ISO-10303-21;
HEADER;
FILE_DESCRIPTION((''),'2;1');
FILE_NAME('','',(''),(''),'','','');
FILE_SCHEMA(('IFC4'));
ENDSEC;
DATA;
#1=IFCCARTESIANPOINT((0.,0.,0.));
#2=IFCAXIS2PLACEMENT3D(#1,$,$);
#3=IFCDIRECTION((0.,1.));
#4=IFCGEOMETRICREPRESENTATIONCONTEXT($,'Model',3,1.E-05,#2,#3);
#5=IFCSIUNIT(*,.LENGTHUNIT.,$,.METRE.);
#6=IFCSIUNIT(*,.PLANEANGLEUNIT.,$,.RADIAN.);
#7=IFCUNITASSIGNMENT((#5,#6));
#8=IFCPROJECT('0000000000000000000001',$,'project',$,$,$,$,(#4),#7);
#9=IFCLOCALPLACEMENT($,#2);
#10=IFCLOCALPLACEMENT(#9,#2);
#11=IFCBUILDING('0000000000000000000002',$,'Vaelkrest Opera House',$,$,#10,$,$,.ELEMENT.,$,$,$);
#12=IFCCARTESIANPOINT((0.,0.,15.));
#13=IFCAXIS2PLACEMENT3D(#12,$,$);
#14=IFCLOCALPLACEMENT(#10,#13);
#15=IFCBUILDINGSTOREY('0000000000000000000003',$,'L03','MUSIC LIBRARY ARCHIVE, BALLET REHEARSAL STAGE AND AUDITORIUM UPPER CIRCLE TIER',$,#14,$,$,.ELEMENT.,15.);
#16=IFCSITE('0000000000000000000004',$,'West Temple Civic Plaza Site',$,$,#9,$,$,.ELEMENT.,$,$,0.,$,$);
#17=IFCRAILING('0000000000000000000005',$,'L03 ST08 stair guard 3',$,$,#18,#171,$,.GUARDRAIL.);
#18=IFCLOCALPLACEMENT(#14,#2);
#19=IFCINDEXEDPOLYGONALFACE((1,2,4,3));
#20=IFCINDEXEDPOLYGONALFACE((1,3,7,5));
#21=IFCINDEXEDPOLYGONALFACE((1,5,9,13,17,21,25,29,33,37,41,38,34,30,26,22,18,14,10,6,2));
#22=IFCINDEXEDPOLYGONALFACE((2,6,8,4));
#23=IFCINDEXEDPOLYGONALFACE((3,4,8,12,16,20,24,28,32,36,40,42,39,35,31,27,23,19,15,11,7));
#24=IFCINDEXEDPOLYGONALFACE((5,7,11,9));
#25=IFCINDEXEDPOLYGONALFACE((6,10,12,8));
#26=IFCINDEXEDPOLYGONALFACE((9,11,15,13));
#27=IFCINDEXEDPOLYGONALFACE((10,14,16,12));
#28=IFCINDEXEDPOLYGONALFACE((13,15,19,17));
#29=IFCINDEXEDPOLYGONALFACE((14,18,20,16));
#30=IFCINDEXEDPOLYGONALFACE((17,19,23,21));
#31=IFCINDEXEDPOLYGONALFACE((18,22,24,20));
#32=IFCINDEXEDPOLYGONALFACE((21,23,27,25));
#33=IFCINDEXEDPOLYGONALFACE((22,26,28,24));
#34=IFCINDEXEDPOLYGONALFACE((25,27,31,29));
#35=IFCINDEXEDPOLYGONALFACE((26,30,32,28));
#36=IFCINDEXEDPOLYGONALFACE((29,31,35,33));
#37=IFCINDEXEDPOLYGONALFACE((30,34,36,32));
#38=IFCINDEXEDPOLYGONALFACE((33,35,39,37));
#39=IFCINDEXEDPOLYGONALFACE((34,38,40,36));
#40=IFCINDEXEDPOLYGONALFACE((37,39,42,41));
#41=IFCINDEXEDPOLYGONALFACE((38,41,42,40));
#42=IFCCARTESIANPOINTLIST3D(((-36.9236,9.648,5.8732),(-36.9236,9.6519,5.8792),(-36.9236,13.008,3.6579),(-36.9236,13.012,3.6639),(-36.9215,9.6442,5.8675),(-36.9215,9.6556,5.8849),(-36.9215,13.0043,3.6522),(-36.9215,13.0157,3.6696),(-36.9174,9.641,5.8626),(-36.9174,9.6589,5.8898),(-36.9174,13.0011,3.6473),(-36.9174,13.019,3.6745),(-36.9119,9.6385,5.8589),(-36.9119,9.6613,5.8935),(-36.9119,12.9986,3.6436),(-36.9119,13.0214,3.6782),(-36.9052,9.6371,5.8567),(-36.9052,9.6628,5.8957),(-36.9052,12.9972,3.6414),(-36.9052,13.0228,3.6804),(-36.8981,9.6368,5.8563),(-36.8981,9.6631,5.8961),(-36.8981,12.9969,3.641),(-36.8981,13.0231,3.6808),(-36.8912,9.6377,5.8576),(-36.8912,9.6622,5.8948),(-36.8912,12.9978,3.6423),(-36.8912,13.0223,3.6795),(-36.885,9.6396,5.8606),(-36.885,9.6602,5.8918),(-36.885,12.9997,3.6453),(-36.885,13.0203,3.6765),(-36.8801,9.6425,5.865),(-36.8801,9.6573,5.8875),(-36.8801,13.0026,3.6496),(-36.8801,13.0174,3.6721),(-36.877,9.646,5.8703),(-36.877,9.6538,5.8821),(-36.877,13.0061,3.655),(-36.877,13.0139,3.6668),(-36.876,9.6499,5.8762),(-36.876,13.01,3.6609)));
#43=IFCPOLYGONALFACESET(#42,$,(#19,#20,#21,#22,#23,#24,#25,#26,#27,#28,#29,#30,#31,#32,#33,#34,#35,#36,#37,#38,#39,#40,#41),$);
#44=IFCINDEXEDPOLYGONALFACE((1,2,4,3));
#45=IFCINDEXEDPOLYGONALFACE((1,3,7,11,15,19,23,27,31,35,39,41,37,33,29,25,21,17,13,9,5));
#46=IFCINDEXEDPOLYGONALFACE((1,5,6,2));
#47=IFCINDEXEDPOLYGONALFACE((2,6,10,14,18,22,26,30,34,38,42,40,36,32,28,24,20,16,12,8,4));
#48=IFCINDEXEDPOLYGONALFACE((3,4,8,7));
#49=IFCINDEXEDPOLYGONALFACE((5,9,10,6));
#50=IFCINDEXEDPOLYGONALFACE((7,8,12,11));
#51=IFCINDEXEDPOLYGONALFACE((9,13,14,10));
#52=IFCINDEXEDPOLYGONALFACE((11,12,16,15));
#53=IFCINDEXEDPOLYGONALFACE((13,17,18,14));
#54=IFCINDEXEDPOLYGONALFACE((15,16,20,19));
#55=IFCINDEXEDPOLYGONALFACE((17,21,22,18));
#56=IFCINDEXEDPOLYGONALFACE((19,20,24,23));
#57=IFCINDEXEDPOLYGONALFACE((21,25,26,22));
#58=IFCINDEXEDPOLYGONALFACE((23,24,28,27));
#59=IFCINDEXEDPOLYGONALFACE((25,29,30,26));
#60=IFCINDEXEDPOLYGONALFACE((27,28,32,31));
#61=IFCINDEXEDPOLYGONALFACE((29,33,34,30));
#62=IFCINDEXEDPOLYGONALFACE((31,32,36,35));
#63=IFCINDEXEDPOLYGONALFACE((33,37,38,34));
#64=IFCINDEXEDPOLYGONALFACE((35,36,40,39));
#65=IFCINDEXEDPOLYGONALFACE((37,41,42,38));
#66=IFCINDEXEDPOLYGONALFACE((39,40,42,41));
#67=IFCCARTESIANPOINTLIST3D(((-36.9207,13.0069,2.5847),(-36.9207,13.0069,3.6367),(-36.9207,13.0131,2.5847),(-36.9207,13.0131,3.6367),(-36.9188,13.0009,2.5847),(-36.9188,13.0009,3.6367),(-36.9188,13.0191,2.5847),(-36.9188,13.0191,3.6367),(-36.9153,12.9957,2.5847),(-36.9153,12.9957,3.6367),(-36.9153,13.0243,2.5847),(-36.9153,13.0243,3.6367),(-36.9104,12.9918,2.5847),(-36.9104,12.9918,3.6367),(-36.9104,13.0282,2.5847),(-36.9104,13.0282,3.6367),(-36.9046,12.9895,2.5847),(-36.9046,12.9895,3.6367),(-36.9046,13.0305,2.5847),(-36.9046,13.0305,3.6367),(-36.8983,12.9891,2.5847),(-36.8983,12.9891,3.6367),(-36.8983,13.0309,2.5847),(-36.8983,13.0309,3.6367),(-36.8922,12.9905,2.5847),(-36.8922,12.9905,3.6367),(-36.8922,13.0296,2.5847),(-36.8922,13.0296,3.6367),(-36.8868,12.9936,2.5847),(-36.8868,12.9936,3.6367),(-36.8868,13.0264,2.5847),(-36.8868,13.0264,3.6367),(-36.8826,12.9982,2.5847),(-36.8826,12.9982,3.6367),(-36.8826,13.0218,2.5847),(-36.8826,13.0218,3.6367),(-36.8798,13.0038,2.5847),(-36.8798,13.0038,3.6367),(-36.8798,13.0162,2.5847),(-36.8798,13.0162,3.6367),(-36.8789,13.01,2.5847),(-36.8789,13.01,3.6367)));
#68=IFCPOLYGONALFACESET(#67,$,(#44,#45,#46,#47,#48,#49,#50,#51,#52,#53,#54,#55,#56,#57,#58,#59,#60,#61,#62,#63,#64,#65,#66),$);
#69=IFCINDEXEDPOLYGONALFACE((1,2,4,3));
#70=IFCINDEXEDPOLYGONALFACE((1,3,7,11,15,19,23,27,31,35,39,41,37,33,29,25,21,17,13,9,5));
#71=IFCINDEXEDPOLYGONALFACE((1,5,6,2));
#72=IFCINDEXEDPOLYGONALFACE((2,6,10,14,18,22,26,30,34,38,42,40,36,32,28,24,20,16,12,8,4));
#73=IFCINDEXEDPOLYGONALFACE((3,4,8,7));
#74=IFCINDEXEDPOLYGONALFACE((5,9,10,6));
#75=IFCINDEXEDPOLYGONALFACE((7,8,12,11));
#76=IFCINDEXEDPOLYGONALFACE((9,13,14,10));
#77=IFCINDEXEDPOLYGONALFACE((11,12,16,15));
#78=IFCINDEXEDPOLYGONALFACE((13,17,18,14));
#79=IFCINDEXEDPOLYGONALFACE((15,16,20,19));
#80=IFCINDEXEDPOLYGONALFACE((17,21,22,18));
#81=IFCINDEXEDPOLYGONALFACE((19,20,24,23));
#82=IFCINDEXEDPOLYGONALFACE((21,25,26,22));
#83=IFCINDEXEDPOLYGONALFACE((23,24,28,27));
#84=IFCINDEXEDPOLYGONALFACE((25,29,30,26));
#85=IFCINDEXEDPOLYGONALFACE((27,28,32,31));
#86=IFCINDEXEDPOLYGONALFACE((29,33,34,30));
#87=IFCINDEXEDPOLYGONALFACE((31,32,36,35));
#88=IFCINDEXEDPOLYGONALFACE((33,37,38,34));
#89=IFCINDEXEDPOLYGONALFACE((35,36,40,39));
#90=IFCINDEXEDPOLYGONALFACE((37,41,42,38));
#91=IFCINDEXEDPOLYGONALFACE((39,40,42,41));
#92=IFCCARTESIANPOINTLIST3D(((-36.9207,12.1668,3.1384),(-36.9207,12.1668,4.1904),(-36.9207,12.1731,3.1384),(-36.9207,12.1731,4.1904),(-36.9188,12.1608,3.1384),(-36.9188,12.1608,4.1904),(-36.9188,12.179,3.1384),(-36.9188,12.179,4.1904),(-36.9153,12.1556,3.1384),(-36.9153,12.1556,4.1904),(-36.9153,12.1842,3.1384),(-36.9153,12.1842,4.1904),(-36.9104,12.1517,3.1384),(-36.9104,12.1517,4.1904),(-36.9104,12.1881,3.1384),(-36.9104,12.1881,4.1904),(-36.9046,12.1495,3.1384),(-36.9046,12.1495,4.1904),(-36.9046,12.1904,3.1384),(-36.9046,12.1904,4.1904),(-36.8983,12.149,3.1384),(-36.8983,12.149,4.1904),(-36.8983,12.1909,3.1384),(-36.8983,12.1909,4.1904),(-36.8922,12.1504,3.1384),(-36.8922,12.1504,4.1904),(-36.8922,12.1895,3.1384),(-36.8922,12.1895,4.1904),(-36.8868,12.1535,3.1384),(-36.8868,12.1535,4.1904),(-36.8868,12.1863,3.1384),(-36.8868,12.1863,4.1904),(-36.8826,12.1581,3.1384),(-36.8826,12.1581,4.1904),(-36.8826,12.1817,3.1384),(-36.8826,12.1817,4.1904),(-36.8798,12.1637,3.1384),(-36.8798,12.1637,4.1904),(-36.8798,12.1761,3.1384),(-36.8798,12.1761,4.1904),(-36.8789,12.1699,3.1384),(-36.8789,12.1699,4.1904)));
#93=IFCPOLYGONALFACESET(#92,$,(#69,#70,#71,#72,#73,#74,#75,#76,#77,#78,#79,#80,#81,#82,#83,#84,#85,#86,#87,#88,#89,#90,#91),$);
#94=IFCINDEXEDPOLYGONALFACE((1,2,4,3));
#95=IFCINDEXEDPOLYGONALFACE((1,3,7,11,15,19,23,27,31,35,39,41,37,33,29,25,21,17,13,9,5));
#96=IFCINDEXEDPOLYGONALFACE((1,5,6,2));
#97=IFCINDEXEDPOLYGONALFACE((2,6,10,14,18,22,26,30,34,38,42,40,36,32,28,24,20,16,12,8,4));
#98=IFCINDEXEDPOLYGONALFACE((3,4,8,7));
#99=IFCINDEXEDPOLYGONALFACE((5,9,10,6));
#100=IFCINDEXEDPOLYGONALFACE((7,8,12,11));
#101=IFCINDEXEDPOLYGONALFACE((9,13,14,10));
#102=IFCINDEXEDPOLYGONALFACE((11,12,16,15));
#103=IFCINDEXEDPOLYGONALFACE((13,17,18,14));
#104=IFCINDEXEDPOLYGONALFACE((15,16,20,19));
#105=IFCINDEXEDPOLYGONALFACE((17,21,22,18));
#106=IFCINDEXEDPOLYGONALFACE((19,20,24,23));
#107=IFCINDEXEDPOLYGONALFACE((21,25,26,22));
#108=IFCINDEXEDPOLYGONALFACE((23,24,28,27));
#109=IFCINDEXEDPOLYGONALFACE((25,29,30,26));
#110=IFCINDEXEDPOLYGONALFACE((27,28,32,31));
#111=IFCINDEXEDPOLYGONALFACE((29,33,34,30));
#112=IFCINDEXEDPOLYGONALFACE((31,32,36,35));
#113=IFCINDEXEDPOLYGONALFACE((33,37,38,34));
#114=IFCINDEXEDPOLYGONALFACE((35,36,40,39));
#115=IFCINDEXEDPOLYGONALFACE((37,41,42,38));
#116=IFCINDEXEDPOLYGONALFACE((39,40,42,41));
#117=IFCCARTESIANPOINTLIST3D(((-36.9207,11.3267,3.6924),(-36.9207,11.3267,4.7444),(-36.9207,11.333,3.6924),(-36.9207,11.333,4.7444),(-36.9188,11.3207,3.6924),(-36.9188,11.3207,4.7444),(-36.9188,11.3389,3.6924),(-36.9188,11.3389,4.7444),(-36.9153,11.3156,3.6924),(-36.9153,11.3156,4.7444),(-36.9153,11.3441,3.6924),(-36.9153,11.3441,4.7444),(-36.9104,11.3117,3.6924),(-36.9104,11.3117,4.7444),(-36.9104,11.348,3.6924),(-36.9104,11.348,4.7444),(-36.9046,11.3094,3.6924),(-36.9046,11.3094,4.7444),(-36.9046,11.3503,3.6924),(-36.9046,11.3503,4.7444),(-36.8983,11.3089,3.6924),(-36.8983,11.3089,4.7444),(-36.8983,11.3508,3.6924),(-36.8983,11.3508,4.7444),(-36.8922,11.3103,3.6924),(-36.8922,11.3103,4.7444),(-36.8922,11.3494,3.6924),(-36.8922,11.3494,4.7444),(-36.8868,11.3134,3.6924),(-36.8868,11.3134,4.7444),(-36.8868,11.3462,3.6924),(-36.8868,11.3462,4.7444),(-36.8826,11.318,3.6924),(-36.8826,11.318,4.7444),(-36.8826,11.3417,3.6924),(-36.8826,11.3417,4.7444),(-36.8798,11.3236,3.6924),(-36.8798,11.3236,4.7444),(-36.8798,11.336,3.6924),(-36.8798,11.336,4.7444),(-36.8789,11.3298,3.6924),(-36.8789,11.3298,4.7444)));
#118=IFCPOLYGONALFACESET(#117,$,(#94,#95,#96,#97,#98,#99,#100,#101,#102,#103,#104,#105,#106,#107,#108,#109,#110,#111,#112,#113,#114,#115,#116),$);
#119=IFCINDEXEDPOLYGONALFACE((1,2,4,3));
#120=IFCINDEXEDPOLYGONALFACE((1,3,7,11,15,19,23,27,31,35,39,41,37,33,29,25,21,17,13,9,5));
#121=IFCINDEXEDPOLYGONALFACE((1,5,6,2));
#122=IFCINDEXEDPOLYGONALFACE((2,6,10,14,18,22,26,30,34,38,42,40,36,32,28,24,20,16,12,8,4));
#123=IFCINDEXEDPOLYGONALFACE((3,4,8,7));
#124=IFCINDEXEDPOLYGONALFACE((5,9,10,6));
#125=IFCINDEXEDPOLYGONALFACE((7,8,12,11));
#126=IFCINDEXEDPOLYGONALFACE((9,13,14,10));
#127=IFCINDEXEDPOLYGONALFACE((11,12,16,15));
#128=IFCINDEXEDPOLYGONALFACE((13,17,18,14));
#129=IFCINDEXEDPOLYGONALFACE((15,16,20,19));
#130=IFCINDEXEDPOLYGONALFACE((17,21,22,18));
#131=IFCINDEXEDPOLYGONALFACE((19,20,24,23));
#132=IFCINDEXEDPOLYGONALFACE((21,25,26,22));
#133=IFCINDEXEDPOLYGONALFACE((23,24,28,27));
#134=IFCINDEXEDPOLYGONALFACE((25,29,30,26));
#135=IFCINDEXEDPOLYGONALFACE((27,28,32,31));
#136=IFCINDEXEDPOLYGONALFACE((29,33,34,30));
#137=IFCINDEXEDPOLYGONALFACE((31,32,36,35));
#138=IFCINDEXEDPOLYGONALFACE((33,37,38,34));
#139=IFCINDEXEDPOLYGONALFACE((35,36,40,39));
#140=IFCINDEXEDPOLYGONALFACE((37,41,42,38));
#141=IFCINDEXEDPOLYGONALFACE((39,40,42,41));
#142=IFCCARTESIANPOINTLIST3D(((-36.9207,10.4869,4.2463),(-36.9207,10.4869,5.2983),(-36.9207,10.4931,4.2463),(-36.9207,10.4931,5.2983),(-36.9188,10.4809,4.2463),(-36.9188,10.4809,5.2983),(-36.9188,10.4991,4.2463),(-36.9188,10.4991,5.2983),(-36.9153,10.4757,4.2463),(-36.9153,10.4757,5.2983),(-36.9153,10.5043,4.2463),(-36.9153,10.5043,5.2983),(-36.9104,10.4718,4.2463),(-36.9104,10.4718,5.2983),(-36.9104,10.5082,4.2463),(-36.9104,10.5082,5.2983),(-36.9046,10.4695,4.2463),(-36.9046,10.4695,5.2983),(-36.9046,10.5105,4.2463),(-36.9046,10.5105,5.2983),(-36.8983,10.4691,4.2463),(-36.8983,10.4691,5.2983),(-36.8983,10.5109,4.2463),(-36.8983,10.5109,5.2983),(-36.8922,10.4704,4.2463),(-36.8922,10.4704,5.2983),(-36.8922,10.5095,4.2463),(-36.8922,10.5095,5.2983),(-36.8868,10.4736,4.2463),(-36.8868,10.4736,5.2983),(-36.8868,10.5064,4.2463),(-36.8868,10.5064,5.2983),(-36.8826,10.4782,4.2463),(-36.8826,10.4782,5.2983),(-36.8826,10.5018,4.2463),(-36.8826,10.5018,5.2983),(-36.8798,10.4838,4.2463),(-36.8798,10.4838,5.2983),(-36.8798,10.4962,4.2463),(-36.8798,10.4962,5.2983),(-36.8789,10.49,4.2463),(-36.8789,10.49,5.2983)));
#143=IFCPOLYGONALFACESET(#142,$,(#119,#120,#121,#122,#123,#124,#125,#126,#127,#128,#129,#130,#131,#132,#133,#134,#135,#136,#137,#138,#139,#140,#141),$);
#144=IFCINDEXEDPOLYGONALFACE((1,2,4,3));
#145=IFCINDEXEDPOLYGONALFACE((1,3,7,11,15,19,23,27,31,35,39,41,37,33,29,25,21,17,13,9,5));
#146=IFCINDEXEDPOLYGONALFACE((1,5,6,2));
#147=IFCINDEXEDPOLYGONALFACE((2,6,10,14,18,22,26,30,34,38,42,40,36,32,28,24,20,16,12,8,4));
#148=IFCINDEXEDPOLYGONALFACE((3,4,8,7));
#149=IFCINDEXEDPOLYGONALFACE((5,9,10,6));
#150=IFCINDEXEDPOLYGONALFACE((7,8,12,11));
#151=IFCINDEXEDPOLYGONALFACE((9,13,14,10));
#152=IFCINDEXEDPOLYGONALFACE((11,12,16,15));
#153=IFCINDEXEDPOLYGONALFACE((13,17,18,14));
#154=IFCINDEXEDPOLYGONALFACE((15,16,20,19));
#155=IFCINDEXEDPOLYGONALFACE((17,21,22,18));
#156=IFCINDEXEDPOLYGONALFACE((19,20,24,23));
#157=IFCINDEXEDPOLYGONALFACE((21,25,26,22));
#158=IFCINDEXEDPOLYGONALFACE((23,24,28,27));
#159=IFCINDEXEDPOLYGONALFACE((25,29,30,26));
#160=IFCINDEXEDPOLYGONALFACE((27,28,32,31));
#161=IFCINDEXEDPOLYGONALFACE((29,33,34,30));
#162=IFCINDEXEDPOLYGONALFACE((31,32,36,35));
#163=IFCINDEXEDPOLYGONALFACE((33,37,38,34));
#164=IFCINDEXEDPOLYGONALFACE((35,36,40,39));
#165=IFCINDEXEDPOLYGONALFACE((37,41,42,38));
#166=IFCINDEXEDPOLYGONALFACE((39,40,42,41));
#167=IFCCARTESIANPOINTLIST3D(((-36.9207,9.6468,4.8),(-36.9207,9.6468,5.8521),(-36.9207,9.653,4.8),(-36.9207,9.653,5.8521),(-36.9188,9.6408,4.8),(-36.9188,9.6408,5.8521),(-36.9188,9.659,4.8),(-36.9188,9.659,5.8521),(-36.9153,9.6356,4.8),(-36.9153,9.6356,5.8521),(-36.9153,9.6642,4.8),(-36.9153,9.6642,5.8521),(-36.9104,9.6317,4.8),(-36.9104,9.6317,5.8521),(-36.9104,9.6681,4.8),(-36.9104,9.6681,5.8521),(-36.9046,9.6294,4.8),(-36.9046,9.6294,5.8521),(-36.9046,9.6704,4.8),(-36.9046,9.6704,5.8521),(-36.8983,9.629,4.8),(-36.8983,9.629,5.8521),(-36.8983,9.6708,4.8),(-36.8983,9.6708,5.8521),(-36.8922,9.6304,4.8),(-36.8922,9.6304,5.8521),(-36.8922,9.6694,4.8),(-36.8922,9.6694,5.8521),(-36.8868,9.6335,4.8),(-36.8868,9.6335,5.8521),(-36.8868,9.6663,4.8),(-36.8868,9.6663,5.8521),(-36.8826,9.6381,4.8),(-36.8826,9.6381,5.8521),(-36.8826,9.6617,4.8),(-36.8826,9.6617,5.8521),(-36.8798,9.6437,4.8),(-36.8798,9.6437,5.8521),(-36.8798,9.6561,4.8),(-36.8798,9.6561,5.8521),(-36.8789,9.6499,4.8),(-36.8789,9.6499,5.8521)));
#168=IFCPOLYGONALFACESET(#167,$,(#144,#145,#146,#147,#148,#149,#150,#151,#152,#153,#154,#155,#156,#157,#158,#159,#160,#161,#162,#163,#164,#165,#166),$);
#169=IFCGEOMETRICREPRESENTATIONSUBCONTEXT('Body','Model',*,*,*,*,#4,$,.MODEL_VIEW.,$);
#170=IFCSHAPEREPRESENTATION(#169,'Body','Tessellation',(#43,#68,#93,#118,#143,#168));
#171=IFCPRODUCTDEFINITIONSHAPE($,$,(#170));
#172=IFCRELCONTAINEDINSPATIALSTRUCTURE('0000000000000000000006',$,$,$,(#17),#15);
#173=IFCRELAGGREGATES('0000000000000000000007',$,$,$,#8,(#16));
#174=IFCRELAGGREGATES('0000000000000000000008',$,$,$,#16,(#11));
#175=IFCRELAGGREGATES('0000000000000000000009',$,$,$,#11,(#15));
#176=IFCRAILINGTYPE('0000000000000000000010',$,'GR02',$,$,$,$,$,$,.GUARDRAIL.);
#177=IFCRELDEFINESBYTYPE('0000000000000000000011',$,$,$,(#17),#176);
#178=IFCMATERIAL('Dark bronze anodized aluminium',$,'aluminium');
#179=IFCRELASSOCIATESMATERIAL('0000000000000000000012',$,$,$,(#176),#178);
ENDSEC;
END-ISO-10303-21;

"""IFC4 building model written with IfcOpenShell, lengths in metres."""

from ifc_helpers import new_model, si_unit, direction, frame, origin, origin_2d, place, context, subcontext, project, spatial, circle, extrude, material, type_object, element, save


model = new_model("IFC4")

# Units and contexts
model_context = context("Model", 3, precision=1e-05, world=origin(), true_north=direction((0.0, 1.0)))
body_context = subcontext(model_context, "Body", "Model", "MODEL_VIEW")
ifc_project = project(units=[si_unit("LENGTHUNIT", "METRE"), si_unit("PLANEANGLEUNIT", "RADIAN")], contexts=[model_context])

# Site, building, storey
site_placement = place(None, origin())
site = spatial("IfcSite", under=ifc_project, at=site_placement, Name="West Temple Civic Plaza Site", CompositionType="ELEMENT", RefElevation=0.0)
building_placement = place(site_placement, origin())
building = spatial("IfcBuilding", under=site, at=building_placement, Name="Vaelkrest Opera House", CompositionType="ELEMENT")
storey_placement = place(building_placement, frame((0.0, 0.0, 15.0)))
storey = spatial("IfcBuildingStorey", under=building, at=storey_placement, Name="L03", Description="MUSIC LIBRARY ARCHIVE, BALLET REHEARSAL STAGE AND AUDITORIUM UPPER CIRCLE TIER", CompositionType="ELEMENT", Elevation=15.0)

# Shared definitions
ifc_material_1 = material(Name="Dark bronze anodized aluminium", Category="aluminium")

# Railing
railing_type_1 = type_object("IfcRailingType", Name="GR02", PredefinedType="GUARDRAIL", material=ifc_material_1)
railing_1_placement = place(storey_placement, frame((-36.8999, 13.01, 2.5847)))
element("IfcRailing", 1, at=railing_1_placement, inside=storey, type_object=railing_type_1, Name="L03 ST08 stair guard 3", PredefinedType="GUARDRAIL", context=body_context, shape_type="SweptSolid", body=[
    extrude(circle(Radius=0.0239, at=origin_2d()), frame((0.0, 0.0, 1.0762), z_axis=(0.0, -0.834876, 0.550437), x_axis=(1.0, 0.0, 0.0)), (0.0, 0.0, 1.0), 4.0247),
    extrude(circle(Radius=0.021, at=origin_2d()), origin(), (0.0, 0.0, 1.0), 1.052),
    extrude(circle(Radius=0.021, at=origin_2d()), frame((0.0, -0.8401, 0.5537)), (0.0, 0.0, 1.0), 1.052),
    extrude(circle(Radius=0.021, at=origin_2d()), frame((0.0, -1.6802, 1.1077)), (0.0, 0.0, 1.0), 1.052),
    extrude(circle(Radius=0.021, at=origin_2d()), frame((0.0, -2.52, 1.6616)), (0.0, 0.0, 1.0), 1.052),
    extrude(circle(Radius=0.021, at=origin_2d()), frame((0.0, -3.3601, 2.2153)), (0.0, 0.0, 1.0), 1.052),
])

save(model, "model.ifc")
